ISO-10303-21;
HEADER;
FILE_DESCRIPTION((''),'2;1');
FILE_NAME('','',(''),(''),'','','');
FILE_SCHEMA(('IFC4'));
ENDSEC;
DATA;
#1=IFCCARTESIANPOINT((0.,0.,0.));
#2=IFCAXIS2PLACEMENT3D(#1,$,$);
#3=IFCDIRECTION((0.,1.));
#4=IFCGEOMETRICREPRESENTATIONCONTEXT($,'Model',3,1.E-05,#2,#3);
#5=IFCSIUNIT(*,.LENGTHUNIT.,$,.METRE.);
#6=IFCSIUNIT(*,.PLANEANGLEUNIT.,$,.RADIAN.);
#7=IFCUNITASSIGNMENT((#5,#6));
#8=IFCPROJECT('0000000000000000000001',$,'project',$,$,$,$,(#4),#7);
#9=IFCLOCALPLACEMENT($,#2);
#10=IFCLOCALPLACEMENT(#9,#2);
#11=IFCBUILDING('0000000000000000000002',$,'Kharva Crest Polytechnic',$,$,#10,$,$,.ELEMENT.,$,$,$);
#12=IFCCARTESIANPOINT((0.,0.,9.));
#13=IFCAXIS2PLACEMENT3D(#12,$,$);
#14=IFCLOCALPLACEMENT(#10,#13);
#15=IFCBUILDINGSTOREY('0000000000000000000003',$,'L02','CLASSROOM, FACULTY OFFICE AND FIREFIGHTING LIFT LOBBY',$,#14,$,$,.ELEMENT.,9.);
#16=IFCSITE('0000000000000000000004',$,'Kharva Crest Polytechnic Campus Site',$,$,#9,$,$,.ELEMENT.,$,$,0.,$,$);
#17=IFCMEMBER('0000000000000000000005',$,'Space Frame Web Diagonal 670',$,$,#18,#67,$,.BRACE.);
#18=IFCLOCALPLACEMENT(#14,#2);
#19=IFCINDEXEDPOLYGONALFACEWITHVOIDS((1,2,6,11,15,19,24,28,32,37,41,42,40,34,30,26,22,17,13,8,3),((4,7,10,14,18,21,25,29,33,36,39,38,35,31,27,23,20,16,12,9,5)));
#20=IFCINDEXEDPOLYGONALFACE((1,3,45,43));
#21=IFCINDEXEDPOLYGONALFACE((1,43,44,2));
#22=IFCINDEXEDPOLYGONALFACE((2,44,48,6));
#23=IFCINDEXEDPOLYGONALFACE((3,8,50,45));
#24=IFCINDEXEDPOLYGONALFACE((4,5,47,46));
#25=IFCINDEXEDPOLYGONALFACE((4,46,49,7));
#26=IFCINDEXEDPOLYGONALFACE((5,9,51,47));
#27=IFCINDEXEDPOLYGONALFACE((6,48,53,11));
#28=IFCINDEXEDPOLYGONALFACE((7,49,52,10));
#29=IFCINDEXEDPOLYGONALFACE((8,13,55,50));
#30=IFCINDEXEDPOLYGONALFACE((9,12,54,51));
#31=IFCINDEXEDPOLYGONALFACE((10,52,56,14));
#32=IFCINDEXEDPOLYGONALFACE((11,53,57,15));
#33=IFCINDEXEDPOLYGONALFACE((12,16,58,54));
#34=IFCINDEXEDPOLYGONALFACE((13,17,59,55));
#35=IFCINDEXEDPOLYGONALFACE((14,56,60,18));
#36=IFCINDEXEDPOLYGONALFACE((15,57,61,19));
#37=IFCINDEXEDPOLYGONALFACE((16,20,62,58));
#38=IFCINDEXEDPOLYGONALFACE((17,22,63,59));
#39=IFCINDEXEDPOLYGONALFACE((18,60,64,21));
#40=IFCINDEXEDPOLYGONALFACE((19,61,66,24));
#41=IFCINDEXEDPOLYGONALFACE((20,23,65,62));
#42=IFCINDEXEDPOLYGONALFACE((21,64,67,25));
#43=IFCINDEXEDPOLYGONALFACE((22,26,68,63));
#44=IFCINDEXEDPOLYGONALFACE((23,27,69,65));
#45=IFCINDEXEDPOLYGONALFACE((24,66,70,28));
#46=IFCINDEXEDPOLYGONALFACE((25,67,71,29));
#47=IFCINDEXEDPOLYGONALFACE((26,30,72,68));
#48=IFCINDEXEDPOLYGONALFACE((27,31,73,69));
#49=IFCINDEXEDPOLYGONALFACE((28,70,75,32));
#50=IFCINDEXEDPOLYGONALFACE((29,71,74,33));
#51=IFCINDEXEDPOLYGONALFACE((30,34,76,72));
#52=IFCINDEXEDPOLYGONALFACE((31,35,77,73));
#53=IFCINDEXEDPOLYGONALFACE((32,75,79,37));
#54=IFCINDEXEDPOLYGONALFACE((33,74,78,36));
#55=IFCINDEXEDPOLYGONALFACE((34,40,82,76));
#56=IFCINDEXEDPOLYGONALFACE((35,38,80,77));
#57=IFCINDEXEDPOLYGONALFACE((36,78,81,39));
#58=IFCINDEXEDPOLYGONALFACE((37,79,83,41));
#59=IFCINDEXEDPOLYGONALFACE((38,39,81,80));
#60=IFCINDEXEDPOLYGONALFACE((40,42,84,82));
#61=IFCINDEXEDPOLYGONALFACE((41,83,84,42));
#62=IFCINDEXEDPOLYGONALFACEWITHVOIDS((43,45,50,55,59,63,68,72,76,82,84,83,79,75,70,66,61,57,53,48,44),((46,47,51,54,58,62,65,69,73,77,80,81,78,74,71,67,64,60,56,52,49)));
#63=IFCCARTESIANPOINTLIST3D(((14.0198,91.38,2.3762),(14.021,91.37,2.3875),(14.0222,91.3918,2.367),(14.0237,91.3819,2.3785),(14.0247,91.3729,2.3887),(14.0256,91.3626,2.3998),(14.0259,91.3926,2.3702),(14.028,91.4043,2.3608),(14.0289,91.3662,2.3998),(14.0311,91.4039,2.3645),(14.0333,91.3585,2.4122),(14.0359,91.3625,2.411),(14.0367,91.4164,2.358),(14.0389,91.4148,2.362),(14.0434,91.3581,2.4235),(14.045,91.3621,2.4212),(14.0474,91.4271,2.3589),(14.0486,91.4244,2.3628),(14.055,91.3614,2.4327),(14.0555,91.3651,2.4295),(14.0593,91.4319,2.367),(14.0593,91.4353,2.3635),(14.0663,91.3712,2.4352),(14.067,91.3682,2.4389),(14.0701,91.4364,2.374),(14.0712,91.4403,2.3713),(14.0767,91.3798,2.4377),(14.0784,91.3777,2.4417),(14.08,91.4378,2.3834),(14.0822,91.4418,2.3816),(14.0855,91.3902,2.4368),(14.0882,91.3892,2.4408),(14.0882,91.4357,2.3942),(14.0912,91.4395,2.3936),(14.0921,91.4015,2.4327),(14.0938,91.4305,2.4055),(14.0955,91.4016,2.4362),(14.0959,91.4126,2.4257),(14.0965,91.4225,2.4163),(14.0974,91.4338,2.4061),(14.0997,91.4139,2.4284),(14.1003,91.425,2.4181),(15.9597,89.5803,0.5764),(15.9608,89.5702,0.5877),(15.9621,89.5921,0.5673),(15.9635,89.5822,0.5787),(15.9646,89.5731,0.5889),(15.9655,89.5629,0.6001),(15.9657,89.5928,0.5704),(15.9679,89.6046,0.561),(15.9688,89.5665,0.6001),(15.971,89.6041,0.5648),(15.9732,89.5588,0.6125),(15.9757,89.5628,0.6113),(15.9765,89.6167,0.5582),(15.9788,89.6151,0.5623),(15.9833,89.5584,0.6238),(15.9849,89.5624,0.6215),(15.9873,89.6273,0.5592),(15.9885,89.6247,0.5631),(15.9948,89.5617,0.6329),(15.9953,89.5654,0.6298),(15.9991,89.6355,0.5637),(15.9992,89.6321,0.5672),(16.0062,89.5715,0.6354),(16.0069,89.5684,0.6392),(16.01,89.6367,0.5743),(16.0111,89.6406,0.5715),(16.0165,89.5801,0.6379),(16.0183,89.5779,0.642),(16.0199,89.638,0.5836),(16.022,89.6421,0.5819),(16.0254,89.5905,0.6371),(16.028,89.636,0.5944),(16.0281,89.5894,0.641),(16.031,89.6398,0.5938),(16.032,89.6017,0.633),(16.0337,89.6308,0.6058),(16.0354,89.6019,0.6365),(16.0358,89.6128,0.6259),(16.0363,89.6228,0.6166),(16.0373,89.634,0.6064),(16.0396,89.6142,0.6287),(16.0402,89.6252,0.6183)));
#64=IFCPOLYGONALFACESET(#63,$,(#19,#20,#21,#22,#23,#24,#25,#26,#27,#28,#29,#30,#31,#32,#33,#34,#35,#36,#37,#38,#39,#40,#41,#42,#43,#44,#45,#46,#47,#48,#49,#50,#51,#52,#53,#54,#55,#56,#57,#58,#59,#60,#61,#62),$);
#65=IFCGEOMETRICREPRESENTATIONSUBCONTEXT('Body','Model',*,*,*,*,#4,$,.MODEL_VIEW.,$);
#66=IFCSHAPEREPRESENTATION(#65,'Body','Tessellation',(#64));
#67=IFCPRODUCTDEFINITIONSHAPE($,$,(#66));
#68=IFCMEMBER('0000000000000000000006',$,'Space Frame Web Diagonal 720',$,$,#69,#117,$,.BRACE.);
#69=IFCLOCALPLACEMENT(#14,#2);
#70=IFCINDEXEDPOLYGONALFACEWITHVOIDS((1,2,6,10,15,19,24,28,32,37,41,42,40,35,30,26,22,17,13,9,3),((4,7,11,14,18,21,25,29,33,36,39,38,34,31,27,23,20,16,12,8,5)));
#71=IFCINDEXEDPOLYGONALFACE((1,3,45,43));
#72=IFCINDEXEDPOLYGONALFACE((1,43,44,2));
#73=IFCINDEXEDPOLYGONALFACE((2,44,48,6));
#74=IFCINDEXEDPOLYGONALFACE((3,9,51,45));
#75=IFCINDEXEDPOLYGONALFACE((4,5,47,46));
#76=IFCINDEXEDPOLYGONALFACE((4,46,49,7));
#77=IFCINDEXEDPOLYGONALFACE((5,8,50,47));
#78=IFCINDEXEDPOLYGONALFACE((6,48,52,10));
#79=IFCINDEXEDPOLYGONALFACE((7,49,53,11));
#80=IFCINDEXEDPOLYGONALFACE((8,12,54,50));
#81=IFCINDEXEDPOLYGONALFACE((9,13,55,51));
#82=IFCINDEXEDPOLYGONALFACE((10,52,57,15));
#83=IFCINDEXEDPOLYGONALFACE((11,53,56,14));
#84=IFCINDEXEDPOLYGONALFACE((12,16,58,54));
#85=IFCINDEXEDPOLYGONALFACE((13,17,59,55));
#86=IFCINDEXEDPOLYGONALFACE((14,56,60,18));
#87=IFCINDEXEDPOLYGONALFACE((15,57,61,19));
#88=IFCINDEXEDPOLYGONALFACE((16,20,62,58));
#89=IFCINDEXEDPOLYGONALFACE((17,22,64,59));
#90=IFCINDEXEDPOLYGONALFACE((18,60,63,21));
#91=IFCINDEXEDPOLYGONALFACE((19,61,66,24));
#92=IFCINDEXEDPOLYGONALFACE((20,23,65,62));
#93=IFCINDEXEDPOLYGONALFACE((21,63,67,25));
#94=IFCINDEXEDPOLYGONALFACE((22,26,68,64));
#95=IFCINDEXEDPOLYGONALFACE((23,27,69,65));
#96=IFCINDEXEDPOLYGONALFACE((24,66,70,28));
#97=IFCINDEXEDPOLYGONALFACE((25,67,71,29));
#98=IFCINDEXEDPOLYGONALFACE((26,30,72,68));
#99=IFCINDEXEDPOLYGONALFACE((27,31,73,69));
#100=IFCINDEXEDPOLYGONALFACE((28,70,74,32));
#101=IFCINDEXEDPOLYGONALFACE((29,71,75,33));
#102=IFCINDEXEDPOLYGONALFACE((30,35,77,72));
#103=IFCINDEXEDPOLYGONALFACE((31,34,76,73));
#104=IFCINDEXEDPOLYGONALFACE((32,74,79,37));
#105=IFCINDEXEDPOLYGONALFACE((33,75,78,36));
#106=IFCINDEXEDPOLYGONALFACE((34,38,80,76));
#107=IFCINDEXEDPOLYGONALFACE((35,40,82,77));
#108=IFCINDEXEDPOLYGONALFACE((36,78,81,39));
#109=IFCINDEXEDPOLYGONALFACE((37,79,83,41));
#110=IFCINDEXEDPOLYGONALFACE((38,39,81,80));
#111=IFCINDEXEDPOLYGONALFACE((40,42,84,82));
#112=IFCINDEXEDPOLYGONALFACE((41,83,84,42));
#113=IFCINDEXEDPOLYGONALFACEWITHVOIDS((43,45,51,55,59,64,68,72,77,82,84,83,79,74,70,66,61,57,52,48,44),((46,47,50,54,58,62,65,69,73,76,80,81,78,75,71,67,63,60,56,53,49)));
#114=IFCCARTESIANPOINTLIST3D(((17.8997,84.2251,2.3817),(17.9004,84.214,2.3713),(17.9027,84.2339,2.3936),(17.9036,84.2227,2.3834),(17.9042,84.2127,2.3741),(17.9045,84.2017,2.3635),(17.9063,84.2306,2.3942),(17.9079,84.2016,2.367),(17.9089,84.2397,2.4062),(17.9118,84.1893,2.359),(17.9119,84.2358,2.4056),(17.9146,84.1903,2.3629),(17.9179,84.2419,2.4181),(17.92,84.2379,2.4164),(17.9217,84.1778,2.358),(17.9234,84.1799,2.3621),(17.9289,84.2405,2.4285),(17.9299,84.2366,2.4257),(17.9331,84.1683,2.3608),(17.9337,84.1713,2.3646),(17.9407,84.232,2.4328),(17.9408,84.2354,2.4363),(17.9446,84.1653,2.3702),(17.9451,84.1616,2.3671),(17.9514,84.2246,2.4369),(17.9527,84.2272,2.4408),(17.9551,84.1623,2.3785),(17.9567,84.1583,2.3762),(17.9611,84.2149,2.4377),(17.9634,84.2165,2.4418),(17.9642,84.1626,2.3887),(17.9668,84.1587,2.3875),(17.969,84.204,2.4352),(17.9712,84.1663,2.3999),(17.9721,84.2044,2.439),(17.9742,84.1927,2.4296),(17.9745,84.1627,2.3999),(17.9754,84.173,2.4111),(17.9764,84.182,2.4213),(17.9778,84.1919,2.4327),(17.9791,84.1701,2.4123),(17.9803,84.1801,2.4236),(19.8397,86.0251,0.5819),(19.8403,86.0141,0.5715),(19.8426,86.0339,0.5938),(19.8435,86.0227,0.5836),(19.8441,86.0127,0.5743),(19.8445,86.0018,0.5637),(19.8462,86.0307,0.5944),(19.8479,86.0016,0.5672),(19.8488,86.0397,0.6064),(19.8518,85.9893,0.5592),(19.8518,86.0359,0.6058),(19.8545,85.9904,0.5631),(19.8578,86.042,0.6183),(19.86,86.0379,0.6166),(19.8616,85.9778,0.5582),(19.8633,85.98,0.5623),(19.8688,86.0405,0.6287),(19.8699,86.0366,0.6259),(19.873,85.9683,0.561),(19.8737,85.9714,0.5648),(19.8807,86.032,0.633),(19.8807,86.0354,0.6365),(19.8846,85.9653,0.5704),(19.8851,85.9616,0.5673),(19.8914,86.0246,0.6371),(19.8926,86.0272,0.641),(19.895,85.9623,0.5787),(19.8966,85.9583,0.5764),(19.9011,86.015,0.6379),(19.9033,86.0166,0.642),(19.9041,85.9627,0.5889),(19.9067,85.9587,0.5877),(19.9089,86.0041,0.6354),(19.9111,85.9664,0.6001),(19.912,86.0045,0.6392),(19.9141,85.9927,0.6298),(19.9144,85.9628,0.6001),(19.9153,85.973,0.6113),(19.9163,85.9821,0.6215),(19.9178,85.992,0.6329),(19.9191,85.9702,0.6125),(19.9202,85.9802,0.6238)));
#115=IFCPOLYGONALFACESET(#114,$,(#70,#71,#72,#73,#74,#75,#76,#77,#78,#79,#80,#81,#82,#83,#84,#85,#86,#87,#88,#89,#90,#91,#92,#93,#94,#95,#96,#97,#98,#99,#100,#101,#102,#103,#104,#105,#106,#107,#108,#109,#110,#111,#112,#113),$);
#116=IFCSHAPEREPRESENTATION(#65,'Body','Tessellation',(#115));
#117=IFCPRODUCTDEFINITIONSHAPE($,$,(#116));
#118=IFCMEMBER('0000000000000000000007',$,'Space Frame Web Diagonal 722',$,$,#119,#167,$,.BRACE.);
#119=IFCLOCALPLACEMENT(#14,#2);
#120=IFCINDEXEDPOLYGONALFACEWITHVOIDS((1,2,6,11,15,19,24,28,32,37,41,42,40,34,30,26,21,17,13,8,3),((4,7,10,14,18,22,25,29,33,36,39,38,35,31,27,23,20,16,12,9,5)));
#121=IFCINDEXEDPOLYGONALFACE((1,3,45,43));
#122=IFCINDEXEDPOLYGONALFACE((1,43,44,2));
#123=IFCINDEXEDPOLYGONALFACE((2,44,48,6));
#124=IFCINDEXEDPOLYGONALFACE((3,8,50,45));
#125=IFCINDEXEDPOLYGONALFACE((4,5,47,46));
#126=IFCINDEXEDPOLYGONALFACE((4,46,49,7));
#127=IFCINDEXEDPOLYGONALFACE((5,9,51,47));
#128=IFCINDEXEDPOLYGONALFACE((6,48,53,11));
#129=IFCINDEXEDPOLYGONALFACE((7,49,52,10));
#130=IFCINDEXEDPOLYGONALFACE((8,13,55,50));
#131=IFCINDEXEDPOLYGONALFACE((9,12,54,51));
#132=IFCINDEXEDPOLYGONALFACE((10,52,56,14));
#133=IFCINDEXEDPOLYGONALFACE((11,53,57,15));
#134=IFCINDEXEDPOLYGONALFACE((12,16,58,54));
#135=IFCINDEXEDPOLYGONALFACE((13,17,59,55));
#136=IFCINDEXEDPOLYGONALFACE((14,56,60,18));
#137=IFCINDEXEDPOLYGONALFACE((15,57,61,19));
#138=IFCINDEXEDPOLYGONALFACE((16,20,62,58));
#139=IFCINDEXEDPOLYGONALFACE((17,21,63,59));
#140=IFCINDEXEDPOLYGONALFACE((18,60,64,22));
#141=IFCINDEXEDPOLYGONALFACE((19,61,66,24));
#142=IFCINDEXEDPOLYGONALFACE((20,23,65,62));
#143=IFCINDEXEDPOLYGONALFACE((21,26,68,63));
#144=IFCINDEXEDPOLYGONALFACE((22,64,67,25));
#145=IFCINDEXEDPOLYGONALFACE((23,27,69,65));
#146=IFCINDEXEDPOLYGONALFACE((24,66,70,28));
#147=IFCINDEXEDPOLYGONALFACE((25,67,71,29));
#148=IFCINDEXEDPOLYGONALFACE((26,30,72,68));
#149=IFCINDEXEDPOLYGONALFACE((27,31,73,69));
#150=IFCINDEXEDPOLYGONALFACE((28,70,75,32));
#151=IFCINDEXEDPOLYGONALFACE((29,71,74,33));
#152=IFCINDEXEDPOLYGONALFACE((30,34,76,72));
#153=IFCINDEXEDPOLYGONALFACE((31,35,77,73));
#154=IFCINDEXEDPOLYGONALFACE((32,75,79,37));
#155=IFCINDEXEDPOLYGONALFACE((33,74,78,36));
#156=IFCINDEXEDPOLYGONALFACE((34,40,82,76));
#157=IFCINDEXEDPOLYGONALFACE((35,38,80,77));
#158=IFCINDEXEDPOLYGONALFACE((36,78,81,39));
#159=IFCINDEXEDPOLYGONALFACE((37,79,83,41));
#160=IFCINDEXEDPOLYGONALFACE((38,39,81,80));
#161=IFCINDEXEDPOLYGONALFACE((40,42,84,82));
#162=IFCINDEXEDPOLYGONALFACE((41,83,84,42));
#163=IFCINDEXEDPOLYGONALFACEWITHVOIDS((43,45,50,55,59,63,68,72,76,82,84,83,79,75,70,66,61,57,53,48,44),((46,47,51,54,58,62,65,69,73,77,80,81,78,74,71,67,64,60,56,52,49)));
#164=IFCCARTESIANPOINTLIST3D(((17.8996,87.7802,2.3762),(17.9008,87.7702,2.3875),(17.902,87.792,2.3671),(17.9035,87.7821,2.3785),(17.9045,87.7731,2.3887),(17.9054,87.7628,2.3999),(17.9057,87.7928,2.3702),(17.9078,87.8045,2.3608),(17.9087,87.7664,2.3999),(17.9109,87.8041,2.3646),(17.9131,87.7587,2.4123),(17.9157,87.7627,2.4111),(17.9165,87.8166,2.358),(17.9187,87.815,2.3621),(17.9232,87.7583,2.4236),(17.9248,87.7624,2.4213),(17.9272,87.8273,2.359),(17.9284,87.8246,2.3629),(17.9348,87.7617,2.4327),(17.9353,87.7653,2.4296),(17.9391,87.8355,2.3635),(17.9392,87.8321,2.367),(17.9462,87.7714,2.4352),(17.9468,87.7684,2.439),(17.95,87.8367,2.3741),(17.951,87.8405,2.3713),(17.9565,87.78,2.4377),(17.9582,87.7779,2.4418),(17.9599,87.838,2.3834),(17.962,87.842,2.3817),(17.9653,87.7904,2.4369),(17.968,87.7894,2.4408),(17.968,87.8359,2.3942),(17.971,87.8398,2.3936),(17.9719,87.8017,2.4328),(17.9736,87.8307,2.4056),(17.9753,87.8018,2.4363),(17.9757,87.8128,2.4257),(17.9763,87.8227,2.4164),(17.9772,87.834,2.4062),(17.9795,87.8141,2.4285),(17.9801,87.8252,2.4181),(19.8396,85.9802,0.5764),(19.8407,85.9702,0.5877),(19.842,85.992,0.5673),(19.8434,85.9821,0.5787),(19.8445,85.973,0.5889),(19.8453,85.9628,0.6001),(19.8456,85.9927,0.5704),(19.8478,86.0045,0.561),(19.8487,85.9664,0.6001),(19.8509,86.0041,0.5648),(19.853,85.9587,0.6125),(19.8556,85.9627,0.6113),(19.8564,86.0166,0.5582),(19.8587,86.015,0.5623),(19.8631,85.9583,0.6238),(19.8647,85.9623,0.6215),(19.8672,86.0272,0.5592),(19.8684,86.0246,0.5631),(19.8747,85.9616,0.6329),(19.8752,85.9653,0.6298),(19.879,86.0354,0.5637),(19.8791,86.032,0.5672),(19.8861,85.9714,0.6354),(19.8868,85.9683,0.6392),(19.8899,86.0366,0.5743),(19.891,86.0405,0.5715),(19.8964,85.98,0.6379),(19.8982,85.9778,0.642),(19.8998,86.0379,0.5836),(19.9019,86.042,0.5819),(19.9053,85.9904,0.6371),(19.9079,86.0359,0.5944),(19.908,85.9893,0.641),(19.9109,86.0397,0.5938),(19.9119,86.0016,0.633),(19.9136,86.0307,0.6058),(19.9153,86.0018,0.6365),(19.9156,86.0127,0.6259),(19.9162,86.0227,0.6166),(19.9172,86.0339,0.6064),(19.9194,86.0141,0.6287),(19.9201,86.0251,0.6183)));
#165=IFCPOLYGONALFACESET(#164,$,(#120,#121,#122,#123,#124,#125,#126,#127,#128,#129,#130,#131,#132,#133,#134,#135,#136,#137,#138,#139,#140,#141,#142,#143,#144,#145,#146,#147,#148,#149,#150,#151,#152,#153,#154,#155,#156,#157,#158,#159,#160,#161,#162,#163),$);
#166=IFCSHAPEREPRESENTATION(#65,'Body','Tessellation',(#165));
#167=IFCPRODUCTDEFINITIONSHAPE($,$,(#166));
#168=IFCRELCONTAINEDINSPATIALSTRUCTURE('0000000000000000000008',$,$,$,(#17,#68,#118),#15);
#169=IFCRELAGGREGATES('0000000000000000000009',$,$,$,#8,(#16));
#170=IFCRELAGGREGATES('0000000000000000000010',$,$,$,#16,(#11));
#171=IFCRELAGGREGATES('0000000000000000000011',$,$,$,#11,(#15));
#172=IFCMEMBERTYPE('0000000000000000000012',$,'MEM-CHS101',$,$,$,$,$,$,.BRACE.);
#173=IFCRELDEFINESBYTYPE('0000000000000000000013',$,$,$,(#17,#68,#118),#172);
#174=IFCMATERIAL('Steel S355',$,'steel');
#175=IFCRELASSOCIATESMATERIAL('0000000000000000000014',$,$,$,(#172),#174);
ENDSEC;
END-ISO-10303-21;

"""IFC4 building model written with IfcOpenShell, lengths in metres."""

from ifc_helpers import new_model, si_unit, direction, frame, origin, origin_2d, place, context, subcontext, project, spatial, hollow_circle, extrude, material, material_profile, profile_set, type_object, element, save


model = new_model("IFC4")

# Units and contexts
model_context = context("Model", 3, precision=1e-05, world=origin(), true_north=direction((0.0, 1.0)))
body_context = subcontext(model_context, "Body", "Model", "MODEL_VIEW")
ifc_project = project(units=[si_unit("LENGTHUNIT", "METRE"), si_unit("PLANEANGLEUNIT", "RADIAN")], contexts=[model_context])

# Site, building, storey
site_placement = place(None, origin())
site = spatial("IfcSite", under=ifc_project, at=site_placement, Name="Kharva Crest Polytechnic Campus Site", CompositionType="ELEMENT", RefElevation=0.0)
building_placement = place(site_placement, origin())
building = spatial("IfcBuilding", under=site, at=building_placement, Name="Kharva Crest Polytechnic", CompositionType="ELEMENT")
storey_placement = place(building_placement, frame((0.0, 0.0, 9.0)))
storey = spatial("IfcBuildingStorey", under=building, at=storey_placement, Name="L02", Description="CLASSROOM, FACULTY OFFICE AND FIREFIGHTING LIFT LOBBY", CompositionType="ELEMENT", Elevation=9.0)

# Shared definitions
ifc_material_1 = material(Name="Steel S355", Category="steel")

# Members
ifc_material_profile_1 = material_profile(ifc_material_1, hollow_circle(Radius=0.0508, WallThickness=0.0049, at=origin_2d()), Name="CHS 101.6X5.0")
ifc_profile_set_1 = profile_set([ifc_material_profile_1], Name="Steel S355")
member_type_1 = type_object("IfcMemberType", Name="MEM-CHS101", PredefinedType="BRACE", material=ifc_profile_set_1)
member_1_placement = place(storey_placement, frame((16.0, 89.6001, 0.6001), z_axis=(-0.606173, 0.562385, 0.562385), x_axis=(-0.680133, -0.733089, 0.0)))
element("IfcMember", 1, at=member_1_placement, inside=storey, type_object=member_type_1, Name="Space Frame Web Diagonal 670", PredefinedType="BRACE", context=body_context, shape_type="SweptSolid", body=[
    extrude(hollow_circle(Radius=0.0508, WallThickness=0.0049, at=origin_2d()), origin(), (0.0, 0.0, 1.0), 3.2002),
])
for number, where, z_axis, x_axis, name in (
    (2, (19.8799, 86.0, 0.6001), (-0.606147, -0.562437, 0.562361), (0.680182, -0.733043, 0.0), "Space Frame Web Diagonal 720"),
    (3, (19.8799, 86.0, 0.6001), (-0.606147, 0.562437, 0.562361), (-0.680182, -0.733043, 0.0), "Space Frame Web Diagonal 722"),
):
    element("IfcMember", number, at=place(storey_placement, frame(where, z_axis=z_axis, x_axis=x_axis)), inside=storey, type_object=member_type_1, Name=name, PredefinedType="BRACE", context=body_context, shape_type="SweptSolid", body=[
        extrude(hollow_circle(Radius=0.0508, WallThickness=0.0049, at=origin_2d()), origin(), (0.0, 0.0, 1.0), 3.2004),
    ])

save(model, "model.ifc")
